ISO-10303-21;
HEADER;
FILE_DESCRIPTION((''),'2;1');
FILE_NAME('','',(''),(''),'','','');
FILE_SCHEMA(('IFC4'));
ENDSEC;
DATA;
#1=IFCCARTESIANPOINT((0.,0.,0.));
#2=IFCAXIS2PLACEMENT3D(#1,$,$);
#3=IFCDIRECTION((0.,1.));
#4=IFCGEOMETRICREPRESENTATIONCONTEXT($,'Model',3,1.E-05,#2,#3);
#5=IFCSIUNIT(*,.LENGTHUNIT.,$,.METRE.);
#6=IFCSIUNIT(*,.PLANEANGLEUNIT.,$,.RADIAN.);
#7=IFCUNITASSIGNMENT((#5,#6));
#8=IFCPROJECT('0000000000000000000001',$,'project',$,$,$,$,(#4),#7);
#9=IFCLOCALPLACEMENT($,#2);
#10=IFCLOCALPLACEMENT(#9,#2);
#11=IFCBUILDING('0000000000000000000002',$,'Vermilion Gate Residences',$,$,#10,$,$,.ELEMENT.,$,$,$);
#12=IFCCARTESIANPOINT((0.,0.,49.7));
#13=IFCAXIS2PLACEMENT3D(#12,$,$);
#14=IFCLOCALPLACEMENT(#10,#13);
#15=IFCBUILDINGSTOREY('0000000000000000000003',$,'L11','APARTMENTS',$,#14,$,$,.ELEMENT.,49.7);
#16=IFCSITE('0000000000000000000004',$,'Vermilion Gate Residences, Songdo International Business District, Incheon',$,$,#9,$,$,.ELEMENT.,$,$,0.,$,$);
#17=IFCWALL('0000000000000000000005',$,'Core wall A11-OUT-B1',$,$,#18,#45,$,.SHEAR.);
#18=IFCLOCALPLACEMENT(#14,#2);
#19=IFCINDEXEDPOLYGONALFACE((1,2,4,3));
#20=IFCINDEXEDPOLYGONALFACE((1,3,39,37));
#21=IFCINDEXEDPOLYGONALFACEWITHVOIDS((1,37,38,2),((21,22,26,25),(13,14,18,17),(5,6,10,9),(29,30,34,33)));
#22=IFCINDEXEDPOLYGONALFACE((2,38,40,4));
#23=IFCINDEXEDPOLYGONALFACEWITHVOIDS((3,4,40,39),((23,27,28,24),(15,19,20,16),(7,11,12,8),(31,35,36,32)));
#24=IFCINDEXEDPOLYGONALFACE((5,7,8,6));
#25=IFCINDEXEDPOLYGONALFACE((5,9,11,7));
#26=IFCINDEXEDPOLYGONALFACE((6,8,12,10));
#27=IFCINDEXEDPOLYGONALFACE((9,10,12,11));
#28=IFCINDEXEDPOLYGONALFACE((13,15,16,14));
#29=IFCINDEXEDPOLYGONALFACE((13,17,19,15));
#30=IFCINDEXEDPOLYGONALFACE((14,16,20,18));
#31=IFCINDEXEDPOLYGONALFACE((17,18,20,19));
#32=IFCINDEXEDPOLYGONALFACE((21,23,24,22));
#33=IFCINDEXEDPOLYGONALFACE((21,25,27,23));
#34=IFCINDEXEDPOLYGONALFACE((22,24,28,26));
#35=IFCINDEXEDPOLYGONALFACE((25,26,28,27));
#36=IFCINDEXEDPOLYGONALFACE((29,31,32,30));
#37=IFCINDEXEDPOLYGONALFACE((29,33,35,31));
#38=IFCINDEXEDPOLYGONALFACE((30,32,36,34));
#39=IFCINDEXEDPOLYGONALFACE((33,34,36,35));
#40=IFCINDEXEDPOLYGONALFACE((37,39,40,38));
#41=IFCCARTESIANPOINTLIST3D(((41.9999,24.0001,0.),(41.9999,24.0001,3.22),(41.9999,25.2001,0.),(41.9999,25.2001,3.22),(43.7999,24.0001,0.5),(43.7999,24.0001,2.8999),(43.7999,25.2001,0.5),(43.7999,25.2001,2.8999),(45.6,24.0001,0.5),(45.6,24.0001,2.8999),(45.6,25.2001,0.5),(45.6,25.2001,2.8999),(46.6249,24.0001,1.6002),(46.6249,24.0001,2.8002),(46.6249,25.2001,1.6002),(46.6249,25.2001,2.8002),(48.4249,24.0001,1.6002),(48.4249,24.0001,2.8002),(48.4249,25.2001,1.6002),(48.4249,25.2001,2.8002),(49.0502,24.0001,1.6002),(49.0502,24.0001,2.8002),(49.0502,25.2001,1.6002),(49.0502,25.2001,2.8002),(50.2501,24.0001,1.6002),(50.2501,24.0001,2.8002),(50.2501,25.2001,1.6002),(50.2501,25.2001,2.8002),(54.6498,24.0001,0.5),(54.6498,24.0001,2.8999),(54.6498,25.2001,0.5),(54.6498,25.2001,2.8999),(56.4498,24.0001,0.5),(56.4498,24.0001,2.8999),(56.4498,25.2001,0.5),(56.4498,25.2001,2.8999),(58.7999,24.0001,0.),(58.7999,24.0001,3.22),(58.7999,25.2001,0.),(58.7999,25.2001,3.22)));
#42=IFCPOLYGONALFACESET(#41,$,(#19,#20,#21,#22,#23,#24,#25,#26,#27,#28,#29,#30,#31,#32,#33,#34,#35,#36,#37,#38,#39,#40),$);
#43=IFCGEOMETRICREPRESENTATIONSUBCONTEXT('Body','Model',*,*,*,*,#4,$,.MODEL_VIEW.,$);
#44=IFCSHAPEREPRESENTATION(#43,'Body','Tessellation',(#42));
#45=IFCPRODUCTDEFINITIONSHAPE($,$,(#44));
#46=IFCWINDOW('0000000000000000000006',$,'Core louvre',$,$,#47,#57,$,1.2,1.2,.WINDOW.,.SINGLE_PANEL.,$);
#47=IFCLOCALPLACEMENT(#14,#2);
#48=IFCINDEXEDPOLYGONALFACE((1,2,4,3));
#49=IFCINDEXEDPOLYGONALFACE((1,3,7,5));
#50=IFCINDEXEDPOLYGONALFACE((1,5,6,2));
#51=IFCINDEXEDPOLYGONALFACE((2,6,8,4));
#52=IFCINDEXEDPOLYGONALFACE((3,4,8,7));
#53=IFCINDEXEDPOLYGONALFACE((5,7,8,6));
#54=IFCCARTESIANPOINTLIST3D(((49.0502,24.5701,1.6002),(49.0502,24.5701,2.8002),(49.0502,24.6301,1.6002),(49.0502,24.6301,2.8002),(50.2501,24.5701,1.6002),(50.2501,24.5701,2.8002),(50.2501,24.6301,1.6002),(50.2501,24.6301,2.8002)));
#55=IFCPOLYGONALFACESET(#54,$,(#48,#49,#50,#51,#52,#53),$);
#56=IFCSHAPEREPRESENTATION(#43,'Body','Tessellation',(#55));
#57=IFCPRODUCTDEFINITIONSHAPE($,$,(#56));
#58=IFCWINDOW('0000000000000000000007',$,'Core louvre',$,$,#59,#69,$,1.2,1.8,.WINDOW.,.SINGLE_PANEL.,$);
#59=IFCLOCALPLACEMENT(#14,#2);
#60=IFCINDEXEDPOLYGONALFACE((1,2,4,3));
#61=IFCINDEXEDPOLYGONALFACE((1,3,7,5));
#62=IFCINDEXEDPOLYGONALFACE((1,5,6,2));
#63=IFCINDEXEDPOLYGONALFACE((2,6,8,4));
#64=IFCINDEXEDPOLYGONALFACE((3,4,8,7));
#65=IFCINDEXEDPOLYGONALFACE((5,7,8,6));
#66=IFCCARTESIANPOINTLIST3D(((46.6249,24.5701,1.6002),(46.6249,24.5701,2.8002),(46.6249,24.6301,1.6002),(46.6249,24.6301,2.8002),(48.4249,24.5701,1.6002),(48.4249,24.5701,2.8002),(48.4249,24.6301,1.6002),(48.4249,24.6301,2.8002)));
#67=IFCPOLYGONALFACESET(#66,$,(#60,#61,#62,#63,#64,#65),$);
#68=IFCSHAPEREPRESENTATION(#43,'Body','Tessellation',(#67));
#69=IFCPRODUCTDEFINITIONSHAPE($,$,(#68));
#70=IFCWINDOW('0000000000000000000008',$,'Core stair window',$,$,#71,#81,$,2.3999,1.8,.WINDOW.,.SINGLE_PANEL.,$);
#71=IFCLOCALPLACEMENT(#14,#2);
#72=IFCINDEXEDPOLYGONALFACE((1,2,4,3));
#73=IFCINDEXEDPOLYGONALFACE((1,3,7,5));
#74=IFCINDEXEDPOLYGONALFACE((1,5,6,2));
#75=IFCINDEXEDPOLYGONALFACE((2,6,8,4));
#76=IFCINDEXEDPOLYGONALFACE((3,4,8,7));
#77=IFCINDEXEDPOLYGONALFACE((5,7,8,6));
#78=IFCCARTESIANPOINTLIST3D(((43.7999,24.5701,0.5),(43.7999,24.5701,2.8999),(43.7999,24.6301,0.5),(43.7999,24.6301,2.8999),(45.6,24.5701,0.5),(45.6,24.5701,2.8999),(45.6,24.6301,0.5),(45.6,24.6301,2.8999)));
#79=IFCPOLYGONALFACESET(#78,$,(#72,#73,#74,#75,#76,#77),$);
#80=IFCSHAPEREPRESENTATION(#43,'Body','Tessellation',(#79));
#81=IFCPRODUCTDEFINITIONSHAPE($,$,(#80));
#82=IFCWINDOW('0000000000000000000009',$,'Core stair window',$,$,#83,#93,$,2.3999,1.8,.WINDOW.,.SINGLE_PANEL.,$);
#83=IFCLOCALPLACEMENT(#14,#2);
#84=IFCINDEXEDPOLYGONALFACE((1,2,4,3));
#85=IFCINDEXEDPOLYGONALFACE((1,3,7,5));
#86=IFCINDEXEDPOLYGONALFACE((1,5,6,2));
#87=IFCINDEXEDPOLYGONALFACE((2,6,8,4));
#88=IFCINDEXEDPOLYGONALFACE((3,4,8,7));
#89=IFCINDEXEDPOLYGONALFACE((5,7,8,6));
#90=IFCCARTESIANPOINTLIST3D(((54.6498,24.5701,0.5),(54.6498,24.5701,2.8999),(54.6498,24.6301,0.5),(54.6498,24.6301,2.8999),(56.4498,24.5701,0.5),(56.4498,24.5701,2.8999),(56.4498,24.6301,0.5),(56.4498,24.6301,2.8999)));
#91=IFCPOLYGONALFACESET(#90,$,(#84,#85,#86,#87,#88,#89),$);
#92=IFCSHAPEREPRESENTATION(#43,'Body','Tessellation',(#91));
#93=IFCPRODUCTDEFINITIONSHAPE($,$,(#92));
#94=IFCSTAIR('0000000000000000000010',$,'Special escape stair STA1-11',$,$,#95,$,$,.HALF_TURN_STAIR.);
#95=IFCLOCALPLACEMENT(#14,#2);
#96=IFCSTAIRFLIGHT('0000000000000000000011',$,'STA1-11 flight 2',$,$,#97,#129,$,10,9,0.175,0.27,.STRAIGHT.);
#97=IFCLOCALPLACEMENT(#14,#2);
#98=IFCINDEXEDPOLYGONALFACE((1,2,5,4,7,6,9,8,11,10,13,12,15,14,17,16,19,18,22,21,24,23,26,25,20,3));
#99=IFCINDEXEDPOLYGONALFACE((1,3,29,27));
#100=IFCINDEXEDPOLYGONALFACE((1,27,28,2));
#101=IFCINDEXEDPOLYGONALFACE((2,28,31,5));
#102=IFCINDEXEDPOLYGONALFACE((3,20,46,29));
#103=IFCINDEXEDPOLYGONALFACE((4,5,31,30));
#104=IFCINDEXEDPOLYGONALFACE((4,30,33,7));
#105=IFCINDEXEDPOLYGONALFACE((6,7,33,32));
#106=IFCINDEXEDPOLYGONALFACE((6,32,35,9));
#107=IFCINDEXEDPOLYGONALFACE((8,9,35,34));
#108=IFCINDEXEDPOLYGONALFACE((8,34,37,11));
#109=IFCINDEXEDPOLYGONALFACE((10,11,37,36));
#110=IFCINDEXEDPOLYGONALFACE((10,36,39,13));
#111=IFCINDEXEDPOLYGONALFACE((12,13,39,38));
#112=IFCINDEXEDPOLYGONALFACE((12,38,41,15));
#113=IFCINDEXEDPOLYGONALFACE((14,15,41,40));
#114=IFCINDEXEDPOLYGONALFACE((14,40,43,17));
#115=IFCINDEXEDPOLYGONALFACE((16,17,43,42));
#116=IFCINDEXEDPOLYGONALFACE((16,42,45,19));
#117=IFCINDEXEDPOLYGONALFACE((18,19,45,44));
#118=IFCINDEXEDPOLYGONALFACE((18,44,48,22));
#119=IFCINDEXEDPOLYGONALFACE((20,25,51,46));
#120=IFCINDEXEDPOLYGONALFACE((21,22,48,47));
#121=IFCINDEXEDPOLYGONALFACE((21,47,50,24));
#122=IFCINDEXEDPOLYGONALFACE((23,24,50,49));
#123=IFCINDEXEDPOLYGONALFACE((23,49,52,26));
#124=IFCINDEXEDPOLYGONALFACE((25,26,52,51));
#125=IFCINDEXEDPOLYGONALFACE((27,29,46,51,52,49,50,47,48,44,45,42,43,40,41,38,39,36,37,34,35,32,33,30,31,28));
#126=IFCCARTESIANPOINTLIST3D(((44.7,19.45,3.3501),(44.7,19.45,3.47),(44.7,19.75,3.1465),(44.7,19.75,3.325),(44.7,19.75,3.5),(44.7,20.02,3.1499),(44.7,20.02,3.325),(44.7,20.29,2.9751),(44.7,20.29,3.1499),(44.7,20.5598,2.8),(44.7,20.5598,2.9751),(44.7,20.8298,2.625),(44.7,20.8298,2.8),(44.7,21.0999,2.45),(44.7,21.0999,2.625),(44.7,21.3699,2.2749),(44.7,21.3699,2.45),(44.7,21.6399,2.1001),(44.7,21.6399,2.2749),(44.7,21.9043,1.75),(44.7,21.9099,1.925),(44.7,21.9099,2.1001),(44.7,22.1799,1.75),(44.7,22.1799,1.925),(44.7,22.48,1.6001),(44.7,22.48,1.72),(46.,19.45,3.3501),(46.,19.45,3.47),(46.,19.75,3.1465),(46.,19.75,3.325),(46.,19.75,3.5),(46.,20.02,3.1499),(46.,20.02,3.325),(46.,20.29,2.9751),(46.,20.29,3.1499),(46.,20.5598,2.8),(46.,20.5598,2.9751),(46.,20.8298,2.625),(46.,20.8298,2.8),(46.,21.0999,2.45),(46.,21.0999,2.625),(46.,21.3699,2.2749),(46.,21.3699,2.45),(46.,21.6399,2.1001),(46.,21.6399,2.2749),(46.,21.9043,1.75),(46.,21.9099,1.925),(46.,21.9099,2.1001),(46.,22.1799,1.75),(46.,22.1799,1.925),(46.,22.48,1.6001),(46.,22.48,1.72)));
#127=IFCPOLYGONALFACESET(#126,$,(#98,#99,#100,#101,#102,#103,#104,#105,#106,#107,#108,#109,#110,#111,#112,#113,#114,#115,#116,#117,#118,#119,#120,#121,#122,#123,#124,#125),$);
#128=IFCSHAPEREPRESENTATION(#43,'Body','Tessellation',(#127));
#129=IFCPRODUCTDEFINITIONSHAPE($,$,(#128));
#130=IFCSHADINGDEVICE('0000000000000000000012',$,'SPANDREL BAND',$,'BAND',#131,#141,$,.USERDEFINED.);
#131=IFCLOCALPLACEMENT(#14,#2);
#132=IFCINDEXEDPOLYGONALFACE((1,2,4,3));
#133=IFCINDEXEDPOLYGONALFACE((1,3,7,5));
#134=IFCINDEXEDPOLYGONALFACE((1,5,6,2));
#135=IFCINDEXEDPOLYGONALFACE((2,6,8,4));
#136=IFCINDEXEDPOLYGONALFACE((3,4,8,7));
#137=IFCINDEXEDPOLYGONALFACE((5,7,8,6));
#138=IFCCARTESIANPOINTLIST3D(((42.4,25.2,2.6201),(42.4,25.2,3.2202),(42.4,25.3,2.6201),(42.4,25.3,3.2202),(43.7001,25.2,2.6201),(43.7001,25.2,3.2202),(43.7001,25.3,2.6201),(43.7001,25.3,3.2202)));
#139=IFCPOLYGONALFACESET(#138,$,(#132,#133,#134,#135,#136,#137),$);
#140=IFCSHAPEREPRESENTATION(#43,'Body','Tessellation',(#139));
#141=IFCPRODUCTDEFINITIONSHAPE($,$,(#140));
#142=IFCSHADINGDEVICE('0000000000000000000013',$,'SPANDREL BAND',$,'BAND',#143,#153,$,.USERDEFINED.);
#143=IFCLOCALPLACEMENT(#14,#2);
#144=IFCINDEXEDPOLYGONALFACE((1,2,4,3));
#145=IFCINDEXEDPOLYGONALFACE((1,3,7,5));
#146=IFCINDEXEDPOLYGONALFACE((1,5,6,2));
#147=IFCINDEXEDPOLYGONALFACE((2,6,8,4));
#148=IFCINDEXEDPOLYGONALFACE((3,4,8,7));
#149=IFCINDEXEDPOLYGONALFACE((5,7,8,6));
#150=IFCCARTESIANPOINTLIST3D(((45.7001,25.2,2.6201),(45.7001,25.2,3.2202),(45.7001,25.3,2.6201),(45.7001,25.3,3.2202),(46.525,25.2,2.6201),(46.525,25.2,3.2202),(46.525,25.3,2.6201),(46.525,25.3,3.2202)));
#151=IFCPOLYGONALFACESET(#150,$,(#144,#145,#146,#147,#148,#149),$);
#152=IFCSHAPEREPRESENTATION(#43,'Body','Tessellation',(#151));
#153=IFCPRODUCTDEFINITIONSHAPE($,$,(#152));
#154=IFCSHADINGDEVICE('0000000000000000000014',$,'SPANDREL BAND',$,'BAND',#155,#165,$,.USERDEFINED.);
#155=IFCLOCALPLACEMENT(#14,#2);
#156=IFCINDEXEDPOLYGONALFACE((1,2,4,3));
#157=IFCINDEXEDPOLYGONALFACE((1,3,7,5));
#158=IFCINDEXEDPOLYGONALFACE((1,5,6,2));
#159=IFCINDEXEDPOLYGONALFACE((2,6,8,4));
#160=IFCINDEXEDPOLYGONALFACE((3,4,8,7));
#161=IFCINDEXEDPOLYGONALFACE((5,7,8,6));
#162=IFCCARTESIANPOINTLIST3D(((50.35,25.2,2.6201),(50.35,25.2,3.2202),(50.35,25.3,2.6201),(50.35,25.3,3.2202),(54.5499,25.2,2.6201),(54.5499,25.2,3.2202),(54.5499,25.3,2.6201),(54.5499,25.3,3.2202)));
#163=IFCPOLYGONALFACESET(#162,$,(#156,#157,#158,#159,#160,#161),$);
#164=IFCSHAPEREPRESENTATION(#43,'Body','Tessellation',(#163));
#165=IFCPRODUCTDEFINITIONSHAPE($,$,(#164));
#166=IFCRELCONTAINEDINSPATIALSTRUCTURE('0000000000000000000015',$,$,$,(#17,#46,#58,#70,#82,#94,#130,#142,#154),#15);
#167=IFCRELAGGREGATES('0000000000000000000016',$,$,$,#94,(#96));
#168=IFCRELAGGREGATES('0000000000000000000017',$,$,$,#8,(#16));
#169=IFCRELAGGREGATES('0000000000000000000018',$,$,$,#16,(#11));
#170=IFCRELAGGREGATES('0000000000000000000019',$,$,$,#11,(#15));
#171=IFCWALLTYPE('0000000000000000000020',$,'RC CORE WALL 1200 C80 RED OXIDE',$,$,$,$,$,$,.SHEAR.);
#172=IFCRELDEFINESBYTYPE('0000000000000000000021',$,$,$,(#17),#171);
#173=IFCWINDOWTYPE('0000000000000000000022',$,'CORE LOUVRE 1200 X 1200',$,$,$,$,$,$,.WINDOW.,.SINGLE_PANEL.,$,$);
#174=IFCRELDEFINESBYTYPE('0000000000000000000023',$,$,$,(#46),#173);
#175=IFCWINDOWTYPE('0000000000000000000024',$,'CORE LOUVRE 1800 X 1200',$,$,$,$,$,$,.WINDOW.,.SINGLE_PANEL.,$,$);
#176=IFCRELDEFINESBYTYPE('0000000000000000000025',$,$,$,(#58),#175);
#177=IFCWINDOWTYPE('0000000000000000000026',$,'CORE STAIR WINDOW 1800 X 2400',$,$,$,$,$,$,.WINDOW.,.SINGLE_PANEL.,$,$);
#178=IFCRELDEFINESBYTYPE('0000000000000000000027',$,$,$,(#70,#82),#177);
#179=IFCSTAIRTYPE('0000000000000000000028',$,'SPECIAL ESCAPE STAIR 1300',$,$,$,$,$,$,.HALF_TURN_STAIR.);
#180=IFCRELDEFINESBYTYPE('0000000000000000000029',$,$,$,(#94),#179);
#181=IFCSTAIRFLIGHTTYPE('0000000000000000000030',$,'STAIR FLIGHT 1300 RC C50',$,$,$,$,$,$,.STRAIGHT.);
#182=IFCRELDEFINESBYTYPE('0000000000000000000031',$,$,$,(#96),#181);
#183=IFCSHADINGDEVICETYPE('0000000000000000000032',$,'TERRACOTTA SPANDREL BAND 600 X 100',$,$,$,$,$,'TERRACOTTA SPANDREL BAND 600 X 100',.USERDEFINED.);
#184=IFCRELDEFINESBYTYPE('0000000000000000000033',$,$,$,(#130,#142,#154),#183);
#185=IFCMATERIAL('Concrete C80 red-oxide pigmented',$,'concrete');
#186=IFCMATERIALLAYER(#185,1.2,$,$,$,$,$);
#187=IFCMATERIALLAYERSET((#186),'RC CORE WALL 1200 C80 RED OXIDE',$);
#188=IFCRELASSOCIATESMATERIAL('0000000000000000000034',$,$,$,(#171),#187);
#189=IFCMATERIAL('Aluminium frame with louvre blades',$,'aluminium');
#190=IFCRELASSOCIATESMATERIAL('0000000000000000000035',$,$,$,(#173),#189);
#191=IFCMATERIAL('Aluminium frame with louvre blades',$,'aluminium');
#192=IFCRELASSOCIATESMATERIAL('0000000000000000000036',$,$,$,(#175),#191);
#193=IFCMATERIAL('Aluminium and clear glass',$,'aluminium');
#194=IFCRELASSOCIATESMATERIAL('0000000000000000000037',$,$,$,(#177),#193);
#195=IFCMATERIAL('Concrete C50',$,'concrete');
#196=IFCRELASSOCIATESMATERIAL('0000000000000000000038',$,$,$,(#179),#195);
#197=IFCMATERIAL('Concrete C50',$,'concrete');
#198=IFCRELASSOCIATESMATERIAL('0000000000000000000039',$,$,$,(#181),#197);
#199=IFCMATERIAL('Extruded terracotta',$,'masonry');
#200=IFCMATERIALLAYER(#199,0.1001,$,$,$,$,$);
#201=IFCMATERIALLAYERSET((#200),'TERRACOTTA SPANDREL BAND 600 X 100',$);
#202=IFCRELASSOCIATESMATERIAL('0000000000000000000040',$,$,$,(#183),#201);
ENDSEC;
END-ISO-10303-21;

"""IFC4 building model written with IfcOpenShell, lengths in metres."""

from ifc_helpers import new_model, si_unit, direction, frame, frame_2d, origin, origin_2d, place, context, subcontext, project, spatial, polyline, rectangle, outline, extrude, material, layer, layer_set, type_object, element, fill, aggregate, save


model = new_model("IFC4")

# Units and contexts
model_context = context("Model", 3, precision=1e-05, world=origin(), true_north=direction((0.0, 1.0)))
body_context = subcontext(model_context, "Body", "Model", "MODEL_VIEW")
ifc_project = project(units=[si_unit("LENGTHUNIT", "METRE"), si_unit("PLANEANGLEUNIT", "RADIAN")], contexts=[model_context])

# Site, building, storey
site_placement = place(None, origin())
site = spatial("IfcSite", under=ifc_project, at=site_placement, Name="Vermilion Gate Residences, Songdo International Business District, Incheon", CompositionType="ELEMENT", RefElevation=0.0)
building_placement = place(site_placement, origin())
building = spatial("IfcBuilding", under=site, at=building_placement, Name="Vermilion Gate Residences", CompositionType="ELEMENT")
storey_placement = place(building_placement, frame((0.0, 0.0, 49.7)))
storey = spatial("IfcBuildingStorey", under=building, at=storey_placement, Name="L11", Description="APARTMENTS", CompositionType="ELEMENT", Elevation=49.7)

# Wall, openings, windows
ifc_material_1 = material(Name="Concrete C80 red-oxide pigmented", Category="concrete")
ifc_layer_1 = layer(ifc_material_1, 1.2)
ifc_layer_set_1 = layer_set([ifc_layer_1], Name="RC CORE WALL 1200 C80 RED OXIDE")
wall_type_1 = type_object("IfcWallType", Name="RC CORE WALL 1200 C80 RED OXIDE", PredefinedType="SHEAR", material=ifc_layer_set_1)
wall_1_placement = place(storey_placement, frame((42.0, 24.6001, 0.0), z_axis=(0.0, 0.0, 1.0), x_axis=(1.0, 0.0, 0.0)))
wall_1 = element("IfcWall", 1, at=wall_1_placement, inside=storey, type_object=wall_type_1, Name="Core wall A11-OUT-B1", PredefinedType="SHEAR", context=body_context, shape_type="SweptSolid", body=[
    extrude(rectangle(XDim=16.8, YDim=1.2, at=frame_2d((8.3999, 0.0))), origin(), (0.0, 0.0, 1.0), 3.22),
])
opening_1_placement = place(wall_1_placement, frame((1.8, 0.0, 0.5)))
opening_1 = element("IfcOpeningElement", 2, at=opening_1_placement, cuts=wall_1, PredefinedType="OPENING", context=body_context, shape_type="SweptSolid", body=[
    extrude(rectangle(XDim=1.8, YDim=2.3999, at=frame_2d((0.8999, 1.2))), frame((0.0, 0.6099, 0.0), z_axis=(0.0, -1.0, 0.0), x_axis=(1.0, 0.0, 0.0)), (0.0, 0.0, 1.0), 1.22),
])
opening_2_placement = place(wall_1_placement, frame((4.625, 0.0, 1.6001)))
opening_2 = element("IfcOpeningElement", 3, at=opening_2_placement, cuts=wall_1, PredefinedType="OPENING", context=body_context, shape_type="SweptSolid", body=[
    extrude(rectangle(XDim=1.8, YDim=1.2, at=frame_2d((0.8999, 0.6001))), frame((0.0, 0.6099, 0.0), z_axis=(0.0, -1.0, 0.0), x_axis=(1.0, 0.0, 0.0)), (0.0, 0.0, 1.0), 1.22),
])
opening_3_placement = place(wall_1_placement, frame((7.05, 0.0, 1.6001)))
opening_3 = element("IfcOpeningElement", 4, at=opening_3_placement, cuts=wall_1, PredefinedType="OPENING", context=body_context, shape_type="SweptSolid", body=[
    extrude(rectangle(XDim=1.2, YDim=1.2, at=frame_2d((0.6001, 0.6001))), frame((0.0, 0.6099, 0.0), z_axis=(0.0, -1.0, 0.0), x_axis=(1.0, 0.0, 0.0)), (0.0, 0.0, 1.0), 1.22),
])
opening_4_placement = place(wall_1_placement, frame((12.6499, 0.0, 0.5)))
opening_4 = element("IfcOpeningElement", 5, at=opening_4_placement, cuts=wall_1, PredefinedType="OPENING", context=body_context, shape_type="SweptSolid", body=[
    extrude(rectangle(XDim=1.8, YDim=2.3999, at=frame_2d((0.8999, 1.2))), frame((0.0, 0.6099, 0.0), z_axis=(0.0, -1.0, 0.0), x_axis=(1.0, 0.0, 0.0)), (0.0, 0.0, 1.0), 1.22),
])
ifc_material_2 = material(Name="Aluminium frame with louvre blades", Category="aluminium")
window_type_1 = type_object("IfcWindowType", Name="CORE LOUVRE 1200 X 1200", PartitioningType="SINGLE_PANEL", PredefinedType="WINDOW", material=ifc_material_2)
window_1_placement = place(opening_3_placement, origin())
window_1 = element("IfcWindow", 6, at=window_1_placement, inside=storey, type_object=window_type_1, Name="Core louvre", OverallHeight=1.2, OverallWidth=1.2, PartitioningType="SINGLE_PANEL", PredefinedType="WINDOW", context=body_context, shape_type="SweptSolid", body=[
    extrude(rectangle(XDim=1.2, YDim=1.2, at=frame_2d((0.6001, 0.6001))), frame((0.0, 0.03, 0.0), z_axis=(0.0, -1.0, 0.0), x_axis=(1.0, 0.0, 0.0)), (0.0, 0.0, 1.0), 0.0601),
])
fill(opening_3, window_1)
ifc_material_3 = material(Name="Aluminium frame with louvre blades", Category="aluminium")
window_type_2 = type_object("IfcWindowType", Name="CORE LOUVRE 1800 X 1200", PartitioningType="SINGLE_PANEL", PredefinedType="WINDOW", material=ifc_material_3)
window_2_placement = place(opening_2_placement, origin())
window_2 = element("IfcWindow", 7, at=window_2_placement, inside=storey, type_object=window_type_2, Name="Core louvre", OverallHeight=1.2, OverallWidth=1.8, PartitioningType="SINGLE_PANEL", PredefinedType="WINDOW", context=body_context, shape_type="SweptSolid", body=[
    extrude(rectangle(XDim=1.8, YDim=1.2, at=frame_2d((0.8999, 0.6001))), frame((0.0, 0.03, 0.0), z_axis=(0.0, -1.0, 0.0), x_axis=(1.0, 0.0, 0.0)), (0.0, 0.0, 1.0), 0.0601),
])
fill(opening_2, window_2)
ifc_material_4 = material(Name="Aluminium and clear glass", Category="aluminium")
window_type_3 = type_object("IfcWindowType", Name="CORE STAIR WINDOW 1800 X 2400", PartitioningType="SINGLE_PANEL", PredefinedType="WINDOW", material=ifc_material_4)
window_3_placement = place(opening_1_placement, origin())
window_3 = element("IfcWindow", 8, at=window_3_placement, inside=storey, type_object=window_type_3, Name="Core stair window", OverallHeight=2.3999, OverallWidth=1.8, PartitioningType="SINGLE_PANEL", PredefinedType="WINDOW", context=body_context, shape_type="SweptSolid", body=[
    extrude(rectangle(XDim=1.8, YDim=2.3999, at=frame_2d((0.8999, 1.2))), frame((0.0, 0.03, 0.0), z_axis=(0.0, -1.0, 0.0), x_axis=(1.0, 0.0, 0.0)), (0.0, 0.0, 1.0), 0.0601),
])
fill(opening_1, window_3)
window_4_placement = place(opening_4_placement, origin())
window_4 = element("IfcWindow", 9, at=window_4_placement, inside=storey, type_object=window_type_3, Name="Core stair window", OverallHeight=2.3999, OverallWidth=1.8, PartitioningType="SINGLE_PANEL", PredefinedType="WINDOW", context=body_context, shape_type="SweptSolid", body=[
    extrude(rectangle(XDim=1.8, YDim=2.3999, at=frame_2d((0.8999, 1.2))), frame((0.0, 0.03, 0.0), z_axis=(0.0, -1.0, 0.0), x_axis=(1.0, 0.0, 0.0)), (0.0, 0.0, 1.0), 0.0601),
])
fill(opening_4, window_4)

# Stair, stair flight
ifc_material_5 = material(Name="Concrete C50", Category="concrete")
stair_type = type_object("IfcStairType", Name="SPECIAL ESCAPE STAIR 1300", PredefinedType="HALF_TURN_STAIR", material=ifc_material_5)
stair_placement = place(storey_placement, origin())
stair = element("IfcStair", 10, at=stair_placement, inside=storey, type_object=stair_type, Name="Special escape stair STA1-11", PredefinedType="HALF_TURN_STAIR")
ifc_material_6 = material(Name="Concrete C50", Category="concrete")
stair_flight_type = type_object("IfcStairFlightType", Name="STAIR FLIGHT 1300 RC C50", PredefinedType="STRAIGHT", material=ifc_material_6)
stair_flight_placement = place(storey_placement, frame((45.3501, 22.1799, 1.75), z_axis=(0.0, 0.0, 1.0), x_axis=(0.0, -1.0, 0.0)))
stair_flight = element("IfcStairFlight", 11, at=stair_flight_placement, type_object=stair_flight_type, Name="STA1-11 flight 2", NumberOfRisers=10, NumberOfTreads=9, PredefinedType="STRAIGHT", RiserHeight=0.175, TreadLength=0.27, context=body_context, shape_type="SweptSolid", body=[
    extrude(outline(polyline([(-0.3, -0.1499), (-0.3, -0.03), (0.0, 0.0), (0.0, 0.175), (0.27, 0.175), (0.27, 0.3501), (0.54, 0.3501), (0.54, 0.5249), (0.8101, 0.5249), (0.8101, 0.7), (1.0801, 0.7), (1.0801, 0.875), (1.3501, 0.875), (1.3501, 1.05), (1.6201, 1.05), (1.6201, 1.2251), (1.8899, 1.2251), (1.8899, 1.3999), (2.1599, 1.3999), (2.1599, 1.575), (2.4299, 1.575), (2.4299, 1.75), (2.73, 1.72), (2.73, 1.6001), (2.4299, 1.3965), (0.2756, 0.0), (-0.3, -0.1499)])), frame((0.0, 0.6499, 0.0), z_axis=(0.0, -1.0, 0.0), x_axis=(1.0, 0.0, 0.0)), (0.0, 0.0, 1.0), 1.3),
])
aggregate(stair, [stair_flight])

# Shading devices
ifc_material_7 = material(Name="Extruded terracotta", Category="masonry")
ifc_layer_2 = layer(ifc_material_7, 0.1001)
ifc_layer_set_2 = layer_set([ifc_layer_2], Name="TERRACOTTA SPANDREL BAND 600 X 100")
shading_device_type = type_object("IfcShadingDeviceType", Name="TERRACOTTA SPANDREL BAND 600 X 100", ElementType="TERRACOTTA SPANDREL BAND 600 X 100", PredefinedType="USERDEFINED", material=ifc_layer_set_2)
shading_device_1_placement = place(storey_placement, frame((43.05, 25.25, 2.6201), z_axis=(0.0, 0.0, 1.0), x_axis=(1.0, 0.0, 0.0)))
element("IfcShadingDevice", 12, at=shading_device_1_placement, inside=storey, type_object=shading_device_type, Name="SPANDREL BAND", ObjectType="BAND", PredefinedType="USERDEFINED", context=body_context, shape_type="SweptSolid", body=[
    extrude(rectangle(XDim=1.3, YDim=0.1001, at=origin_2d()), origin(), (0.0, 0.0, 1.0), 0.6001),
])
shading_device_2_placement = place(storey_placement, frame((46.1125, 25.25, 2.6201), z_axis=(0.0, 0.0, 1.0), x_axis=(1.0, 0.0, 0.0)))
element("IfcShadingDevice", 13, at=shading_device_2_placement, inside=storey, type_object=shading_device_type, Name="SPANDREL BAND", ObjectType="BAND", PredefinedType="USERDEFINED", context=body_context, shape_type="SweptSolid", body=[
    extrude(rectangle(XDim=0.825, YDim=0.1001, at=origin_2d()), origin(), (0.0, 0.0, 1.0), 0.6001),
])
shading_device_3_placement = place(storey_placement, frame((52.45, 25.25, 2.6201), z_axis=(0.0, 0.0, 1.0), x_axis=(1.0, 0.0, 0.0)))
element("IfcShadingDevice", 14, at=shading_device_3_placement, inside=storey, type_object=shading_device_type, Name="SPANDREL BAND", ObjectType="BAND", PredefinedType="USERDEFINED", context=body_context, shape_type="SweptSolid", body=[
    extrude(rectangle(XDim=4.2, YDim=0.1001, at=origin_2d()), origin(), (0.0, 0.0, 1.0), 0.6001),
])

save(model, "model.ifc")
